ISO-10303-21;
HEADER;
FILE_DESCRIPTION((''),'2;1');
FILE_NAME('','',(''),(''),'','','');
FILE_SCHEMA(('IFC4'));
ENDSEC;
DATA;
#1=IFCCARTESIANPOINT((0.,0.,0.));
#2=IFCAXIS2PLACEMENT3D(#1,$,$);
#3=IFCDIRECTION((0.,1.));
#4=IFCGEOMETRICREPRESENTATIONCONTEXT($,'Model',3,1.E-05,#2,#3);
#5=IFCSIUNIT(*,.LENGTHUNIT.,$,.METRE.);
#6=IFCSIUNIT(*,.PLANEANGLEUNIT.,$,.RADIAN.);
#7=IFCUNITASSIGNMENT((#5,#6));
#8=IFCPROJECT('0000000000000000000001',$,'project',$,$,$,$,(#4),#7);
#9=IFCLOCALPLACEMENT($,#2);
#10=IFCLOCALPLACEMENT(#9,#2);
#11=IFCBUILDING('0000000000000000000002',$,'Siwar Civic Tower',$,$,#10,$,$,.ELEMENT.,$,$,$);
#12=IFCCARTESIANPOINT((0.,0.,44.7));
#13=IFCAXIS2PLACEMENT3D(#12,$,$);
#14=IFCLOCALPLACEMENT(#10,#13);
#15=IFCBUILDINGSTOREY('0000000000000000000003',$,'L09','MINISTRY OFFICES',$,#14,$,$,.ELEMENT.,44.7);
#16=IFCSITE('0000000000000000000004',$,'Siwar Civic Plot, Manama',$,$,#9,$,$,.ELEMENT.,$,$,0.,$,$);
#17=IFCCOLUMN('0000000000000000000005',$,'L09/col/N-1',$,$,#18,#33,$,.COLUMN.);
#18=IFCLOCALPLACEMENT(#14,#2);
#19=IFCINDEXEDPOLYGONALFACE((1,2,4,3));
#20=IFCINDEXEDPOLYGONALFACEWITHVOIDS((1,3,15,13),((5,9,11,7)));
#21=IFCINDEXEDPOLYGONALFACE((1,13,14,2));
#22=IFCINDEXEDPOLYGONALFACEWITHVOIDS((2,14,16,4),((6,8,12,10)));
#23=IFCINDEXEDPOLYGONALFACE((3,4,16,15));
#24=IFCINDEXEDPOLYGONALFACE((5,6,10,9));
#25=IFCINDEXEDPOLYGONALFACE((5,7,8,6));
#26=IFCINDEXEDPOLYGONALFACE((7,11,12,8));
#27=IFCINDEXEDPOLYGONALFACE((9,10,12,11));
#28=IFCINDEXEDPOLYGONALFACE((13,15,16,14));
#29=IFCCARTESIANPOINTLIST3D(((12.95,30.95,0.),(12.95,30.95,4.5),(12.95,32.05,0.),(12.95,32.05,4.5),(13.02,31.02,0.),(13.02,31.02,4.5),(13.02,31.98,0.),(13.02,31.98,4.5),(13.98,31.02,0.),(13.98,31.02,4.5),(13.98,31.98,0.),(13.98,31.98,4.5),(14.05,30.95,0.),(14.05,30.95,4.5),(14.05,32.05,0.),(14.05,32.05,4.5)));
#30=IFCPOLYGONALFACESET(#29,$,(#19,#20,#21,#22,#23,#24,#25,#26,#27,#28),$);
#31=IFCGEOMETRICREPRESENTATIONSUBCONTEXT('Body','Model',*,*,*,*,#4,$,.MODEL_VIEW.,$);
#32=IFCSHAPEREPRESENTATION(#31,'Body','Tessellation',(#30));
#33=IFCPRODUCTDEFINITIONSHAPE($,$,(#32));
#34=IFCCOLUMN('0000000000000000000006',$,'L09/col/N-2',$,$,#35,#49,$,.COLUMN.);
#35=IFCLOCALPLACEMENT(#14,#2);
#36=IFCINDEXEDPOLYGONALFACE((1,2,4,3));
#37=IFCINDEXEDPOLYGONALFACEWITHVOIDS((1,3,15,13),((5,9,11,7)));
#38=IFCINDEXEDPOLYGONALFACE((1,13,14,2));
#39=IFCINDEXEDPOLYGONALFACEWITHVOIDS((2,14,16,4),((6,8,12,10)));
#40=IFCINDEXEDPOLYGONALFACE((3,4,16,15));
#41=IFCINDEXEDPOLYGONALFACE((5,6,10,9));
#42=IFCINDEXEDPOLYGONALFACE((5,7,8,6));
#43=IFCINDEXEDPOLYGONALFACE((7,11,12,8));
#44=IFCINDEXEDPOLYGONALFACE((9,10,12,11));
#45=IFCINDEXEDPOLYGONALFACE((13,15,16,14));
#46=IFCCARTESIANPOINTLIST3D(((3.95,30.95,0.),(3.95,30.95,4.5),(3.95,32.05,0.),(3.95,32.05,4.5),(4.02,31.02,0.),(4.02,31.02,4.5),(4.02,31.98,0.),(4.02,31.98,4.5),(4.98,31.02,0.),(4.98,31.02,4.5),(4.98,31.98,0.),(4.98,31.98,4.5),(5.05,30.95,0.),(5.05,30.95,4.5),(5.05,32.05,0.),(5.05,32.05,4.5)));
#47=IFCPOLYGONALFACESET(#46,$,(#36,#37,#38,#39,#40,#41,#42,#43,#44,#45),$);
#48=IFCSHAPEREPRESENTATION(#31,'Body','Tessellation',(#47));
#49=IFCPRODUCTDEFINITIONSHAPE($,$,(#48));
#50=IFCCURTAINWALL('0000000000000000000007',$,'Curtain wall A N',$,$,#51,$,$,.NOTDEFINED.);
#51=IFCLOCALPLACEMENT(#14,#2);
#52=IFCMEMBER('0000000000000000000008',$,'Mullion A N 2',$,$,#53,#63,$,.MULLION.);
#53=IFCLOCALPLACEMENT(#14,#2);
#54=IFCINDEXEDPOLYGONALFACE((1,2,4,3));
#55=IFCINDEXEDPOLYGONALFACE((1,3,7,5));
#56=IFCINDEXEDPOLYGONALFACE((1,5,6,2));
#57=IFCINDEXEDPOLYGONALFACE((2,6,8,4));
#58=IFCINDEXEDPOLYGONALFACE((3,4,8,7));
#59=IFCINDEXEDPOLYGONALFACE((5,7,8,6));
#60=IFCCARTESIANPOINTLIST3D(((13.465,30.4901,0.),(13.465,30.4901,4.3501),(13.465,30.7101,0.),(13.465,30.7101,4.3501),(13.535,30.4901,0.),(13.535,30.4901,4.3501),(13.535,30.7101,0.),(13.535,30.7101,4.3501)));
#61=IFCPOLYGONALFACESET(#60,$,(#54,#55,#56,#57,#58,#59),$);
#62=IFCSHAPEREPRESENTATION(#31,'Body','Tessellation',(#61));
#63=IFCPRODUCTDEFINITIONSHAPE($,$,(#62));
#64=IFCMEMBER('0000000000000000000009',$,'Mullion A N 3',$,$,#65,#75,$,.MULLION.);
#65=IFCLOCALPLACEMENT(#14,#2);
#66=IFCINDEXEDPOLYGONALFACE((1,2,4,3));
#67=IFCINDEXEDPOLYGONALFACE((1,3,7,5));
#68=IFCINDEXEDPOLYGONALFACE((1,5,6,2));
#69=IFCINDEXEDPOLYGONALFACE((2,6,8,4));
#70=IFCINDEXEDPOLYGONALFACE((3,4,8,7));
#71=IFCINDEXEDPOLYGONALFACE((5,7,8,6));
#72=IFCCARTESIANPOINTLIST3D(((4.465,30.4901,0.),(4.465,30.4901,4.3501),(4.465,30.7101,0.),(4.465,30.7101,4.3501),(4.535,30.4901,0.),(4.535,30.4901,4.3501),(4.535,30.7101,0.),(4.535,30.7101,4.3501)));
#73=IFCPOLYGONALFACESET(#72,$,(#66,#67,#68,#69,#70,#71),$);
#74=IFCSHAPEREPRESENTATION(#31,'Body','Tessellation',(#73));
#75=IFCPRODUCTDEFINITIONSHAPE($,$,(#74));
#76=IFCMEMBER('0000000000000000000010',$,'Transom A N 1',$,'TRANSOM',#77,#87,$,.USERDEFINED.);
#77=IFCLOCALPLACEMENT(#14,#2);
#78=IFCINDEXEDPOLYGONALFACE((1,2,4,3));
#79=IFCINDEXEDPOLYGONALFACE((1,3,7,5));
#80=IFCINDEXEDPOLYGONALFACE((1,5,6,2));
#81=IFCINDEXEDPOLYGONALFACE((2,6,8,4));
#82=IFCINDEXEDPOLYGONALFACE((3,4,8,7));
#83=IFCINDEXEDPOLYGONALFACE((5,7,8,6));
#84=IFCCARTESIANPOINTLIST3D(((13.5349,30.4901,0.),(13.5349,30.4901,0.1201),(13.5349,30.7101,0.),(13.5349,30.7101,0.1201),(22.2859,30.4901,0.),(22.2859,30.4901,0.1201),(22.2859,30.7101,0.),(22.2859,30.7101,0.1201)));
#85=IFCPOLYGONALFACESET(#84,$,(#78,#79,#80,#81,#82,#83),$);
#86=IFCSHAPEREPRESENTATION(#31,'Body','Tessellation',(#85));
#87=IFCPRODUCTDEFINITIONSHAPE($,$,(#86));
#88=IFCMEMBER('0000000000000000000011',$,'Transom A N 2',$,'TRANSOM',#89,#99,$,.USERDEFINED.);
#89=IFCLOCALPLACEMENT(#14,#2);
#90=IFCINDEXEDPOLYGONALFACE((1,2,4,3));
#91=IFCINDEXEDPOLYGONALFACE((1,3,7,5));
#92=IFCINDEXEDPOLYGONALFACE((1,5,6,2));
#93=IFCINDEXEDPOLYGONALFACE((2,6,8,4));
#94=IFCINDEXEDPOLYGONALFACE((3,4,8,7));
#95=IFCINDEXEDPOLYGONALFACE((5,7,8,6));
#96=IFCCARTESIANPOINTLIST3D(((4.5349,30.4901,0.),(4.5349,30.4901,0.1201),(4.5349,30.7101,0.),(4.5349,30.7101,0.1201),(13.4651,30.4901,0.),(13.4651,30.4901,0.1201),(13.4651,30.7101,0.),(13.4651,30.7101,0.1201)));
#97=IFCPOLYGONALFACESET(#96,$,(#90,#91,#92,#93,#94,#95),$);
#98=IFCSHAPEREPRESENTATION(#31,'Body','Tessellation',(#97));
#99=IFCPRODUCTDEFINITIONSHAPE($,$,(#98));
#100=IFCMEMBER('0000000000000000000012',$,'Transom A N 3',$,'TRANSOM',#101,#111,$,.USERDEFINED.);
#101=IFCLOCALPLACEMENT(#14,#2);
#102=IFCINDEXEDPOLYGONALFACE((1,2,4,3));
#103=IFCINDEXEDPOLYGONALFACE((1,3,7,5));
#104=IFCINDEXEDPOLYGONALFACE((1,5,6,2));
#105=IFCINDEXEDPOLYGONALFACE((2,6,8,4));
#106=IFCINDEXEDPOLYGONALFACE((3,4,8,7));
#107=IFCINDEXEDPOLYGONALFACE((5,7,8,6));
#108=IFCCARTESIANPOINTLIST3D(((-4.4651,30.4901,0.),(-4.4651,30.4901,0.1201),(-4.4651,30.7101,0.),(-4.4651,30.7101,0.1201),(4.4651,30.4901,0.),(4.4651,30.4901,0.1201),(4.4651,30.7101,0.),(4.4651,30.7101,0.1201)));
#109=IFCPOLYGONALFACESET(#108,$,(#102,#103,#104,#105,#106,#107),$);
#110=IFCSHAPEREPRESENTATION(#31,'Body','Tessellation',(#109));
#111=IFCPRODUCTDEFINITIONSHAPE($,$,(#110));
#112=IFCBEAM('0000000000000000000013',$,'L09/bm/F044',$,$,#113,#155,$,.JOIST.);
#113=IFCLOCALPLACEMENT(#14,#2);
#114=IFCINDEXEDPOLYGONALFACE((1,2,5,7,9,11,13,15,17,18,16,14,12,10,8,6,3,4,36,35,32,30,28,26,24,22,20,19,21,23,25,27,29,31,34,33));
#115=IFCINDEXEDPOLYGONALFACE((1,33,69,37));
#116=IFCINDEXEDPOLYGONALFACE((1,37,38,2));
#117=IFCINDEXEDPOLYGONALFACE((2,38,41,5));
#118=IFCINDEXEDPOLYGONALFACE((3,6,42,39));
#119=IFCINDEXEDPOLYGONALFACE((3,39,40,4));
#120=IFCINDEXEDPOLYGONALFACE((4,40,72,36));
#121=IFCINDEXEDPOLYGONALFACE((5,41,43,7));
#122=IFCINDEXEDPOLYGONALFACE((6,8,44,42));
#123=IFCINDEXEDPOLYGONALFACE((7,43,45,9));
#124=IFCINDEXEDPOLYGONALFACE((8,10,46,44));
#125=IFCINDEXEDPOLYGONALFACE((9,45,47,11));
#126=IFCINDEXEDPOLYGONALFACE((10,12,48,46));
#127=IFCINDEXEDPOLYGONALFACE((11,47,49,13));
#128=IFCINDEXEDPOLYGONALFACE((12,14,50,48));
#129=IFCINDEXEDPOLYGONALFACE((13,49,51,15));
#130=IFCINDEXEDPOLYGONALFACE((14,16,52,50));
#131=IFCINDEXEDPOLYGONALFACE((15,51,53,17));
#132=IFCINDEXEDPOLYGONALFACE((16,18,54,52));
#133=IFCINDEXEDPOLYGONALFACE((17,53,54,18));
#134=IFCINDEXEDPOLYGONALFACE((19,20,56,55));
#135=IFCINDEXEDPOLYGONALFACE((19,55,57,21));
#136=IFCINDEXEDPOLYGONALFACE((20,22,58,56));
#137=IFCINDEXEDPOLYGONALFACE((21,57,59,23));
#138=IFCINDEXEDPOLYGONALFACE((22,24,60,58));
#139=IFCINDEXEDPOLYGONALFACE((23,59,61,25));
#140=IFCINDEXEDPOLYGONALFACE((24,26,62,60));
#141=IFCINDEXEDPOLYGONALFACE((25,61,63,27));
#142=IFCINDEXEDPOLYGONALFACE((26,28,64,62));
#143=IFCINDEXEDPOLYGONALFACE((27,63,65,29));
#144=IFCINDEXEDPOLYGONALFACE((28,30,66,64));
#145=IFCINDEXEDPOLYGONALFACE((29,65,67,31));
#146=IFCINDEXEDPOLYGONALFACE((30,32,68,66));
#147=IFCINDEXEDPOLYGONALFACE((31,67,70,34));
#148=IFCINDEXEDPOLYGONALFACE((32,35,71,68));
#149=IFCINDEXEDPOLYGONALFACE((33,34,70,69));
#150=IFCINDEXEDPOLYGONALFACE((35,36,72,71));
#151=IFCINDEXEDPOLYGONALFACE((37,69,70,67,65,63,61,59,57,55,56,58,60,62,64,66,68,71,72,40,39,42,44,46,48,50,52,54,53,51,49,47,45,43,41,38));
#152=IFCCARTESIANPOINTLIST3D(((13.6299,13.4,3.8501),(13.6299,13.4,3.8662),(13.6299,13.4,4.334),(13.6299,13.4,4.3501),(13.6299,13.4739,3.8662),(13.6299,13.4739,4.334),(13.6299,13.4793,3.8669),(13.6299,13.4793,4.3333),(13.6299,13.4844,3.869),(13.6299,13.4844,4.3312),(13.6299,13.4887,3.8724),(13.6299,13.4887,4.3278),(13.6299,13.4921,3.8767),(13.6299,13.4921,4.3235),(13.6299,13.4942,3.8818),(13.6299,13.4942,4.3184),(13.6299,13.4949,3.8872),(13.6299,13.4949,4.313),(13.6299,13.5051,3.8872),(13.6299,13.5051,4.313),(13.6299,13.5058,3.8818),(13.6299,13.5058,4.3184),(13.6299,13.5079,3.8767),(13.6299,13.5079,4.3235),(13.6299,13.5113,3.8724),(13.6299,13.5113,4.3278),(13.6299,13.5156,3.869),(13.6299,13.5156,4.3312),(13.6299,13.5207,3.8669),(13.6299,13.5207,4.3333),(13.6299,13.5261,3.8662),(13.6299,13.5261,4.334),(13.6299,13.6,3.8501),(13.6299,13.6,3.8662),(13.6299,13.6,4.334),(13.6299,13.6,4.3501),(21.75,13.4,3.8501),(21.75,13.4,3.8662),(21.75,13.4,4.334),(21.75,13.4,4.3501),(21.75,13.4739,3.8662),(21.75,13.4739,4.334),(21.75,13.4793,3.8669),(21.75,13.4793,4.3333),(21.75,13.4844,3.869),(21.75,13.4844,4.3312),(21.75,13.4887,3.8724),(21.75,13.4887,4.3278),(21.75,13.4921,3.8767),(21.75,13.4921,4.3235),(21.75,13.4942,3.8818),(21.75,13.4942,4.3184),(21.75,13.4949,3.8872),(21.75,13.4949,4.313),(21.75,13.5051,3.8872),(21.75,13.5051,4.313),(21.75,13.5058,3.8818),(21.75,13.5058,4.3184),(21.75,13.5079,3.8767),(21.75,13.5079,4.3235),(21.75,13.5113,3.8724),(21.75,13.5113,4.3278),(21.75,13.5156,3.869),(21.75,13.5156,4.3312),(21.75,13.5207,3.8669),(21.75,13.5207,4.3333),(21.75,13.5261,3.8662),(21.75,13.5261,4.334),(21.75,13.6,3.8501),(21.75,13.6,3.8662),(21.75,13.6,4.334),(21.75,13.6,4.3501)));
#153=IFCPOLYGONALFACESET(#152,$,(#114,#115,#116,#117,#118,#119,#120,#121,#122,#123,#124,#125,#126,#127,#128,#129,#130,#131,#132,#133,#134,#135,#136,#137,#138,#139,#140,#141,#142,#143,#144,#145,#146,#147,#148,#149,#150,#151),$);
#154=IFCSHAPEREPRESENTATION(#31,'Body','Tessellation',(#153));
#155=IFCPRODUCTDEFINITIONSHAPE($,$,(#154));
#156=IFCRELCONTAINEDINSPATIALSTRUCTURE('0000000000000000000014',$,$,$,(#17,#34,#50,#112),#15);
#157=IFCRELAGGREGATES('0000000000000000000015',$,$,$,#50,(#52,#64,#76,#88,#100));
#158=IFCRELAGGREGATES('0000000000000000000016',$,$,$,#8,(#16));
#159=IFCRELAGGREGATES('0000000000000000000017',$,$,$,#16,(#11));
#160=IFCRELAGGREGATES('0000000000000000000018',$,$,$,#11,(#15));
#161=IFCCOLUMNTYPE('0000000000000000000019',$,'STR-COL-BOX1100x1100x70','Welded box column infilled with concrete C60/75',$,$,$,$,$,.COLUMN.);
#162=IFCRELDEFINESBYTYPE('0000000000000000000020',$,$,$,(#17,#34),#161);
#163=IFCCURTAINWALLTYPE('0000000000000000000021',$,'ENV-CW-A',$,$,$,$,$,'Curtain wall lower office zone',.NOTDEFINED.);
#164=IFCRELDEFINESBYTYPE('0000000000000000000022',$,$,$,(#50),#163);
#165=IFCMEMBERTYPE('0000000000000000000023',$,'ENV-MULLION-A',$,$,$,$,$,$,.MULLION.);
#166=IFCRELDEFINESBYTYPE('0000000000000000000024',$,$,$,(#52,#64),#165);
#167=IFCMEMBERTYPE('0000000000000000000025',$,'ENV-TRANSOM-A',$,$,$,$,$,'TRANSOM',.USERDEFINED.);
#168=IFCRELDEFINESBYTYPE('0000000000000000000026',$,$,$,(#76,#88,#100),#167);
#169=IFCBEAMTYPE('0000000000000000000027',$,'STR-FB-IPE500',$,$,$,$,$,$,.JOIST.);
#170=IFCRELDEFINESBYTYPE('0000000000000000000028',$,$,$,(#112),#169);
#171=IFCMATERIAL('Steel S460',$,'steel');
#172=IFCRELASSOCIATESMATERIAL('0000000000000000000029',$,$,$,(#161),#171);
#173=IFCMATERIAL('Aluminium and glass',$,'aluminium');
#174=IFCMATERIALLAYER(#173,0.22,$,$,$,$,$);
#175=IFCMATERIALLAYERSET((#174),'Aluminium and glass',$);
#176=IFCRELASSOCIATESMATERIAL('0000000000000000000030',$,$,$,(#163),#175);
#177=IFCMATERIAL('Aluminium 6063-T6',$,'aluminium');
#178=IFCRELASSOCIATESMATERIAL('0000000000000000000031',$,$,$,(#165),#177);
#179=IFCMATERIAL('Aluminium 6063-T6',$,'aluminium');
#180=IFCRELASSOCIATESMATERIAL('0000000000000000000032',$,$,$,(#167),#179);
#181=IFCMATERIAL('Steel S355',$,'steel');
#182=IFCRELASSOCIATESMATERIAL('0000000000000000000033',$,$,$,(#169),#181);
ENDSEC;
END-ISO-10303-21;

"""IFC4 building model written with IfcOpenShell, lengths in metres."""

from ifc_helpers import new_model, si_unit, direction, frame, origin, origin_2d, place, context, subcontext, project, spatial, rectangle, hollow_rectangle, i_section, extrude, material, layer, layer_set, material_profile, profile_set, type_object, element, aggregate, save


model = new_model("IFC4")

# Units and contexts
model_context = context("Model", 3, precision=1e-05, world=origin(), true_north=direction((0.0, 1.0)))
body_context = subcontext(model_context, "Body", "Model", "MODEL_VIEW")
ifc_project = project(units=[si_unit("LENGTHUNIT", "METRE"), si_unit("PLANEANGLEUNIT", "RADIAN")], contexts=[model_context])

# Site, building, storey
site_placement = place(None, origin())
site = spatial("IfcSite", under=ifc_project, at=site_placement, Name="Siwar Civic Plot, Manama", CompositionType="ELEMENT", RefElevation=0.0)
building_placement = place(site_placement, origin())
building = spatial("IfcBuilding", under=site, at=building_placement, Name="Siwar Civic Tower", CompositionType="ELEMENT")
storey_placement = place(building_placement, frame((0.0, 0.0, 44.7)))
storey = spatial("IfcBuildingStorey", under=building, at=storey_placement, Name="L09", Description="MINISTRY OFFICES", CompositionType="ELEMENT", Elevation=44.7)

# Columns
ifc_material_1 = material(Name="Steel S460", Category="steel")
ifc_material_profile_1 = material_profile(ifc_material_1, hollow_rectangle(XDim=1.1001, YDim=1.1001, WallThickness=0.0701, at=origin_2d()), Name="BOX1100x1100x70")
ifc_profile_set_1 = profile_set([ifc_material_profile_1], Name="Steel S460")
column_type = type_object("IfcColumnType", Name="STR-COL-BOX1100x1100x70", Description="Welded box column infilled with concrete C60/75", PredefinedType="COLUMN", material=ifc_profile_set_1)
for number, where, z_axis, x_axis, name in (
    (1, (13.5, 31.5, 0.0), (0.0, 0.0, 1.0), (1.0, 0.0, 0.0), "L09/col/N-1"),
    (2, (4.5, 31.5, 0.0), (0.0, 0.0, 1.0), (1.0, 0.0, 0.0), "L09/col/N-2"),
):
    element("IfcColumn", number, at=place(storey_placement, frame(where, z_axis=z_axis, x_axis=x_axis)), inside=storey, type_object=column_type, Name=name, PredefinedType="COLUMN", context=body_context, shape_type="SweptSolid", body=[
        extrude(hollow_rectangle(XDim=1.1001, YDim=1.1001, WallThickness=0.0701, at=origin_2d()), origin(), (0.0, 0.0, 1.0), 4.5),
    ])

# Curtain wall, members
ifc_material_2 = material(Name="Aluminium and glass", Category="aluminium")
ifc_layer_1 = layer(ifc_material_2, 0.22)
ifc_layer_set_1 = layer_set([ifc_layer_1], Name="Aluminium and glass")
curtain_wall_type = type_object("IfcCurtainWallType", Name="ENV-CW-A", ElementType="Curtain wall lower office zone", PredefinedType="NOTDEFINED", material=ifc_layer_set_1)
curtain_wall_placement = place(storey_placement, origin())
curtain_wall = element("IfcCurtainWall", 3, at=curtain_wall_placement, inside=storey, type_object=curtain_wall_type, Name="Curtain wall A N", PredefinedType="NOTDEFINED")
ifc_material_3 = material(Name="Aluminium 6063-T6", Category="aluminium")
ifc_material_profile_2 = material_profile(ifc_material_3, rectangle(XDim=0.22, YDim=0.0701, at=origin_2d()), Name="AL 220x70")
ifc_profile_set_2 = profile_set([ifc_material_profile_2], Name="Aluminium 6063-T6")
member_type_1 = type_object("IfcMemberType", Name="ENV-MULLION-A", PredefinedType="MULLION", material=ifc_profile_set_2)
member_1_placement = place(storey_placement, frame((13.5, 30.6001, 0.0), z_axis=(0.0, 0.0, 1.0), x_axis=(0.0, -1.0, 0.0)))
member_1 = element("IfcMember", 4, at=member_1_placement, type_object=member_type_1, Name="Mullion A N 2", PredefinedType="MULLION", context=body_context, shape_type="SweptSolid", body=[
    extrude(rectangle(XDim=0.22, YDim=0.0701, at=origin_2d()), origin(), (0.0, 0.0, 1.0), 4.3501),
])
member_2_placement = place(storey_placement, frame((4.5, 30.6001, 0.0), z_axis=(0.0, 0.0, 1.0), x_axis=(0.0, -1.0, 0.0)))
member_2 = element("IfcMember", 5, at=member_2_placement, type_object=member_type_1, Name="Mullion A N 3", PredefinedType="MULLION", context=body_context, shape_type="SweptSolid", body=[
    extrude(rectangle(XDim=0.22, YDim=0.0701, at=origin_2d()), origin(), (0.0, 0.0, 1.0), 4.3501),
])
ifc_material_4 = material(Name="Aluminium 6063-T6", Category="aluminium")
ifc_material_profile_3 = material_profile(ifc_material_4, rectangle(XDim=0.22, YDim=0.1201, at=origin_2d()), Name="AL 220x120")
ifc_profile_set_3 = profile_set([ifc_material_profile_3], Name="Aluminium 6063-T6")
member_type_2 = type_object("IfcMemberType", Name="ENV-TRANSOM-A", ElementType="TRANSOM", PredefinedType="USERDEFINED", material=ifc_profile_set_3)
member_3_placement = place(storey_placement, frame((22.2859, 30.6001, 0.0601), z_axis=(-1.0, 0.0, 0.0), x_axis=(0.0, -1.0, 0.0)))
member_3 = element("IfcMember", 6, at=member_3_placement, type_object=member_type_2, Name="Transom A N 1", ObjectType="TRANSOM", PredefinedType="USERDEFINED", context=body_context, shape_type="SweptSolid", body=[
    extrude(rectangle(XDim=0.22, YDim=0.1201, at=origin_2d()), origin(), (0.0, 0.0, 1.0), 8.751),
])
member_4_placement = place(storey_placement, frame((13.4651, 30.6001, 0.0601), z_axis=(-1.0, 0.0, 0.0), x_axis=(0.0, -1.0, 0.0)))
member_4 = element("IfcMember", 7, at=member_4_placement, type_object=member_type_2, Name="Transom A N 2", ObjectType="TRANSOM", PredefinedType="USERDEFINED", context=body_context, shape_type="SweptSolid", body=[
    extrude(rectangle(XDim=0.22, YDim=0.1201, at=origin_2d()), origin(), (0.0, 0.0, 1.0), 8.9302),
])
member_5_placement = place(storey_placement, frame((4.4651, 30.6001, 0.0601), z_axis=(-1.0, 0.0, 0.0), x_axis=(0.0, -1.0, 0.0)))
member_5 = element("IfcMember", 8, at=member_5_placement, type_object=member_type_2, Name="Transom A N 3", ObjectType="TRANSOM", PredefinedType="USERDEFINED", context=body_context, shape_type="SweptSolid", body=[
    extrude(rectangle(XDim=0.22, YDim=0.1201, at=origin_2d()), origin(), (0.0, 0.0, 1.0), 8.9302),
])

# Beam
ifc_material_5 = material(Name="Steel S355", Category="steel")
ifc_material_profile_4 = material_profile(ifc_material_5, i_section(OverallWidth=0.2, OverallDepth=0.5, WebThickness=0.0103, FlangeThickness=0.0161, FilletRadius=0.021, at=origin_2d()), Name="IPE500")
ifc_profile_set_4 = profile_set([ifc_material_profile_4], Name="Steel S355")
beam_type_1 = type_object("IfcBeamType", Name="STR-FB-IPE500", PredefinedType="JOIST", material=ifc_profile_set_4)
beam_1_placement = place(storey_placement, frame((13.6299, 13.5, 4.1001), z_axis=(1.0, 0.0, 0.0), x_axis=(0.0, 1.0, 0.0)))
element("IfcBeam", 9, at=beam_1_placement, inside=storey, type_object=beam_type_1, Name="L09/bm/F044", PredefinedType="JOIST", context=body_context, shape_type="SweptSolid", body=[
    extrude(i_section(OverallWidth=0.2, OverallDepth=0.5, WebThickness=0.0103, FlangeThickness=0.0161, FilletRadius=0.021, at=origin_2d()), origin(), (0.0, 0.0, 1.0), 8.1201),
])

aggregate(curtain_wall, [member_1, member_2, member_3, member_4, member_5])

save(model, "model.ifc")
